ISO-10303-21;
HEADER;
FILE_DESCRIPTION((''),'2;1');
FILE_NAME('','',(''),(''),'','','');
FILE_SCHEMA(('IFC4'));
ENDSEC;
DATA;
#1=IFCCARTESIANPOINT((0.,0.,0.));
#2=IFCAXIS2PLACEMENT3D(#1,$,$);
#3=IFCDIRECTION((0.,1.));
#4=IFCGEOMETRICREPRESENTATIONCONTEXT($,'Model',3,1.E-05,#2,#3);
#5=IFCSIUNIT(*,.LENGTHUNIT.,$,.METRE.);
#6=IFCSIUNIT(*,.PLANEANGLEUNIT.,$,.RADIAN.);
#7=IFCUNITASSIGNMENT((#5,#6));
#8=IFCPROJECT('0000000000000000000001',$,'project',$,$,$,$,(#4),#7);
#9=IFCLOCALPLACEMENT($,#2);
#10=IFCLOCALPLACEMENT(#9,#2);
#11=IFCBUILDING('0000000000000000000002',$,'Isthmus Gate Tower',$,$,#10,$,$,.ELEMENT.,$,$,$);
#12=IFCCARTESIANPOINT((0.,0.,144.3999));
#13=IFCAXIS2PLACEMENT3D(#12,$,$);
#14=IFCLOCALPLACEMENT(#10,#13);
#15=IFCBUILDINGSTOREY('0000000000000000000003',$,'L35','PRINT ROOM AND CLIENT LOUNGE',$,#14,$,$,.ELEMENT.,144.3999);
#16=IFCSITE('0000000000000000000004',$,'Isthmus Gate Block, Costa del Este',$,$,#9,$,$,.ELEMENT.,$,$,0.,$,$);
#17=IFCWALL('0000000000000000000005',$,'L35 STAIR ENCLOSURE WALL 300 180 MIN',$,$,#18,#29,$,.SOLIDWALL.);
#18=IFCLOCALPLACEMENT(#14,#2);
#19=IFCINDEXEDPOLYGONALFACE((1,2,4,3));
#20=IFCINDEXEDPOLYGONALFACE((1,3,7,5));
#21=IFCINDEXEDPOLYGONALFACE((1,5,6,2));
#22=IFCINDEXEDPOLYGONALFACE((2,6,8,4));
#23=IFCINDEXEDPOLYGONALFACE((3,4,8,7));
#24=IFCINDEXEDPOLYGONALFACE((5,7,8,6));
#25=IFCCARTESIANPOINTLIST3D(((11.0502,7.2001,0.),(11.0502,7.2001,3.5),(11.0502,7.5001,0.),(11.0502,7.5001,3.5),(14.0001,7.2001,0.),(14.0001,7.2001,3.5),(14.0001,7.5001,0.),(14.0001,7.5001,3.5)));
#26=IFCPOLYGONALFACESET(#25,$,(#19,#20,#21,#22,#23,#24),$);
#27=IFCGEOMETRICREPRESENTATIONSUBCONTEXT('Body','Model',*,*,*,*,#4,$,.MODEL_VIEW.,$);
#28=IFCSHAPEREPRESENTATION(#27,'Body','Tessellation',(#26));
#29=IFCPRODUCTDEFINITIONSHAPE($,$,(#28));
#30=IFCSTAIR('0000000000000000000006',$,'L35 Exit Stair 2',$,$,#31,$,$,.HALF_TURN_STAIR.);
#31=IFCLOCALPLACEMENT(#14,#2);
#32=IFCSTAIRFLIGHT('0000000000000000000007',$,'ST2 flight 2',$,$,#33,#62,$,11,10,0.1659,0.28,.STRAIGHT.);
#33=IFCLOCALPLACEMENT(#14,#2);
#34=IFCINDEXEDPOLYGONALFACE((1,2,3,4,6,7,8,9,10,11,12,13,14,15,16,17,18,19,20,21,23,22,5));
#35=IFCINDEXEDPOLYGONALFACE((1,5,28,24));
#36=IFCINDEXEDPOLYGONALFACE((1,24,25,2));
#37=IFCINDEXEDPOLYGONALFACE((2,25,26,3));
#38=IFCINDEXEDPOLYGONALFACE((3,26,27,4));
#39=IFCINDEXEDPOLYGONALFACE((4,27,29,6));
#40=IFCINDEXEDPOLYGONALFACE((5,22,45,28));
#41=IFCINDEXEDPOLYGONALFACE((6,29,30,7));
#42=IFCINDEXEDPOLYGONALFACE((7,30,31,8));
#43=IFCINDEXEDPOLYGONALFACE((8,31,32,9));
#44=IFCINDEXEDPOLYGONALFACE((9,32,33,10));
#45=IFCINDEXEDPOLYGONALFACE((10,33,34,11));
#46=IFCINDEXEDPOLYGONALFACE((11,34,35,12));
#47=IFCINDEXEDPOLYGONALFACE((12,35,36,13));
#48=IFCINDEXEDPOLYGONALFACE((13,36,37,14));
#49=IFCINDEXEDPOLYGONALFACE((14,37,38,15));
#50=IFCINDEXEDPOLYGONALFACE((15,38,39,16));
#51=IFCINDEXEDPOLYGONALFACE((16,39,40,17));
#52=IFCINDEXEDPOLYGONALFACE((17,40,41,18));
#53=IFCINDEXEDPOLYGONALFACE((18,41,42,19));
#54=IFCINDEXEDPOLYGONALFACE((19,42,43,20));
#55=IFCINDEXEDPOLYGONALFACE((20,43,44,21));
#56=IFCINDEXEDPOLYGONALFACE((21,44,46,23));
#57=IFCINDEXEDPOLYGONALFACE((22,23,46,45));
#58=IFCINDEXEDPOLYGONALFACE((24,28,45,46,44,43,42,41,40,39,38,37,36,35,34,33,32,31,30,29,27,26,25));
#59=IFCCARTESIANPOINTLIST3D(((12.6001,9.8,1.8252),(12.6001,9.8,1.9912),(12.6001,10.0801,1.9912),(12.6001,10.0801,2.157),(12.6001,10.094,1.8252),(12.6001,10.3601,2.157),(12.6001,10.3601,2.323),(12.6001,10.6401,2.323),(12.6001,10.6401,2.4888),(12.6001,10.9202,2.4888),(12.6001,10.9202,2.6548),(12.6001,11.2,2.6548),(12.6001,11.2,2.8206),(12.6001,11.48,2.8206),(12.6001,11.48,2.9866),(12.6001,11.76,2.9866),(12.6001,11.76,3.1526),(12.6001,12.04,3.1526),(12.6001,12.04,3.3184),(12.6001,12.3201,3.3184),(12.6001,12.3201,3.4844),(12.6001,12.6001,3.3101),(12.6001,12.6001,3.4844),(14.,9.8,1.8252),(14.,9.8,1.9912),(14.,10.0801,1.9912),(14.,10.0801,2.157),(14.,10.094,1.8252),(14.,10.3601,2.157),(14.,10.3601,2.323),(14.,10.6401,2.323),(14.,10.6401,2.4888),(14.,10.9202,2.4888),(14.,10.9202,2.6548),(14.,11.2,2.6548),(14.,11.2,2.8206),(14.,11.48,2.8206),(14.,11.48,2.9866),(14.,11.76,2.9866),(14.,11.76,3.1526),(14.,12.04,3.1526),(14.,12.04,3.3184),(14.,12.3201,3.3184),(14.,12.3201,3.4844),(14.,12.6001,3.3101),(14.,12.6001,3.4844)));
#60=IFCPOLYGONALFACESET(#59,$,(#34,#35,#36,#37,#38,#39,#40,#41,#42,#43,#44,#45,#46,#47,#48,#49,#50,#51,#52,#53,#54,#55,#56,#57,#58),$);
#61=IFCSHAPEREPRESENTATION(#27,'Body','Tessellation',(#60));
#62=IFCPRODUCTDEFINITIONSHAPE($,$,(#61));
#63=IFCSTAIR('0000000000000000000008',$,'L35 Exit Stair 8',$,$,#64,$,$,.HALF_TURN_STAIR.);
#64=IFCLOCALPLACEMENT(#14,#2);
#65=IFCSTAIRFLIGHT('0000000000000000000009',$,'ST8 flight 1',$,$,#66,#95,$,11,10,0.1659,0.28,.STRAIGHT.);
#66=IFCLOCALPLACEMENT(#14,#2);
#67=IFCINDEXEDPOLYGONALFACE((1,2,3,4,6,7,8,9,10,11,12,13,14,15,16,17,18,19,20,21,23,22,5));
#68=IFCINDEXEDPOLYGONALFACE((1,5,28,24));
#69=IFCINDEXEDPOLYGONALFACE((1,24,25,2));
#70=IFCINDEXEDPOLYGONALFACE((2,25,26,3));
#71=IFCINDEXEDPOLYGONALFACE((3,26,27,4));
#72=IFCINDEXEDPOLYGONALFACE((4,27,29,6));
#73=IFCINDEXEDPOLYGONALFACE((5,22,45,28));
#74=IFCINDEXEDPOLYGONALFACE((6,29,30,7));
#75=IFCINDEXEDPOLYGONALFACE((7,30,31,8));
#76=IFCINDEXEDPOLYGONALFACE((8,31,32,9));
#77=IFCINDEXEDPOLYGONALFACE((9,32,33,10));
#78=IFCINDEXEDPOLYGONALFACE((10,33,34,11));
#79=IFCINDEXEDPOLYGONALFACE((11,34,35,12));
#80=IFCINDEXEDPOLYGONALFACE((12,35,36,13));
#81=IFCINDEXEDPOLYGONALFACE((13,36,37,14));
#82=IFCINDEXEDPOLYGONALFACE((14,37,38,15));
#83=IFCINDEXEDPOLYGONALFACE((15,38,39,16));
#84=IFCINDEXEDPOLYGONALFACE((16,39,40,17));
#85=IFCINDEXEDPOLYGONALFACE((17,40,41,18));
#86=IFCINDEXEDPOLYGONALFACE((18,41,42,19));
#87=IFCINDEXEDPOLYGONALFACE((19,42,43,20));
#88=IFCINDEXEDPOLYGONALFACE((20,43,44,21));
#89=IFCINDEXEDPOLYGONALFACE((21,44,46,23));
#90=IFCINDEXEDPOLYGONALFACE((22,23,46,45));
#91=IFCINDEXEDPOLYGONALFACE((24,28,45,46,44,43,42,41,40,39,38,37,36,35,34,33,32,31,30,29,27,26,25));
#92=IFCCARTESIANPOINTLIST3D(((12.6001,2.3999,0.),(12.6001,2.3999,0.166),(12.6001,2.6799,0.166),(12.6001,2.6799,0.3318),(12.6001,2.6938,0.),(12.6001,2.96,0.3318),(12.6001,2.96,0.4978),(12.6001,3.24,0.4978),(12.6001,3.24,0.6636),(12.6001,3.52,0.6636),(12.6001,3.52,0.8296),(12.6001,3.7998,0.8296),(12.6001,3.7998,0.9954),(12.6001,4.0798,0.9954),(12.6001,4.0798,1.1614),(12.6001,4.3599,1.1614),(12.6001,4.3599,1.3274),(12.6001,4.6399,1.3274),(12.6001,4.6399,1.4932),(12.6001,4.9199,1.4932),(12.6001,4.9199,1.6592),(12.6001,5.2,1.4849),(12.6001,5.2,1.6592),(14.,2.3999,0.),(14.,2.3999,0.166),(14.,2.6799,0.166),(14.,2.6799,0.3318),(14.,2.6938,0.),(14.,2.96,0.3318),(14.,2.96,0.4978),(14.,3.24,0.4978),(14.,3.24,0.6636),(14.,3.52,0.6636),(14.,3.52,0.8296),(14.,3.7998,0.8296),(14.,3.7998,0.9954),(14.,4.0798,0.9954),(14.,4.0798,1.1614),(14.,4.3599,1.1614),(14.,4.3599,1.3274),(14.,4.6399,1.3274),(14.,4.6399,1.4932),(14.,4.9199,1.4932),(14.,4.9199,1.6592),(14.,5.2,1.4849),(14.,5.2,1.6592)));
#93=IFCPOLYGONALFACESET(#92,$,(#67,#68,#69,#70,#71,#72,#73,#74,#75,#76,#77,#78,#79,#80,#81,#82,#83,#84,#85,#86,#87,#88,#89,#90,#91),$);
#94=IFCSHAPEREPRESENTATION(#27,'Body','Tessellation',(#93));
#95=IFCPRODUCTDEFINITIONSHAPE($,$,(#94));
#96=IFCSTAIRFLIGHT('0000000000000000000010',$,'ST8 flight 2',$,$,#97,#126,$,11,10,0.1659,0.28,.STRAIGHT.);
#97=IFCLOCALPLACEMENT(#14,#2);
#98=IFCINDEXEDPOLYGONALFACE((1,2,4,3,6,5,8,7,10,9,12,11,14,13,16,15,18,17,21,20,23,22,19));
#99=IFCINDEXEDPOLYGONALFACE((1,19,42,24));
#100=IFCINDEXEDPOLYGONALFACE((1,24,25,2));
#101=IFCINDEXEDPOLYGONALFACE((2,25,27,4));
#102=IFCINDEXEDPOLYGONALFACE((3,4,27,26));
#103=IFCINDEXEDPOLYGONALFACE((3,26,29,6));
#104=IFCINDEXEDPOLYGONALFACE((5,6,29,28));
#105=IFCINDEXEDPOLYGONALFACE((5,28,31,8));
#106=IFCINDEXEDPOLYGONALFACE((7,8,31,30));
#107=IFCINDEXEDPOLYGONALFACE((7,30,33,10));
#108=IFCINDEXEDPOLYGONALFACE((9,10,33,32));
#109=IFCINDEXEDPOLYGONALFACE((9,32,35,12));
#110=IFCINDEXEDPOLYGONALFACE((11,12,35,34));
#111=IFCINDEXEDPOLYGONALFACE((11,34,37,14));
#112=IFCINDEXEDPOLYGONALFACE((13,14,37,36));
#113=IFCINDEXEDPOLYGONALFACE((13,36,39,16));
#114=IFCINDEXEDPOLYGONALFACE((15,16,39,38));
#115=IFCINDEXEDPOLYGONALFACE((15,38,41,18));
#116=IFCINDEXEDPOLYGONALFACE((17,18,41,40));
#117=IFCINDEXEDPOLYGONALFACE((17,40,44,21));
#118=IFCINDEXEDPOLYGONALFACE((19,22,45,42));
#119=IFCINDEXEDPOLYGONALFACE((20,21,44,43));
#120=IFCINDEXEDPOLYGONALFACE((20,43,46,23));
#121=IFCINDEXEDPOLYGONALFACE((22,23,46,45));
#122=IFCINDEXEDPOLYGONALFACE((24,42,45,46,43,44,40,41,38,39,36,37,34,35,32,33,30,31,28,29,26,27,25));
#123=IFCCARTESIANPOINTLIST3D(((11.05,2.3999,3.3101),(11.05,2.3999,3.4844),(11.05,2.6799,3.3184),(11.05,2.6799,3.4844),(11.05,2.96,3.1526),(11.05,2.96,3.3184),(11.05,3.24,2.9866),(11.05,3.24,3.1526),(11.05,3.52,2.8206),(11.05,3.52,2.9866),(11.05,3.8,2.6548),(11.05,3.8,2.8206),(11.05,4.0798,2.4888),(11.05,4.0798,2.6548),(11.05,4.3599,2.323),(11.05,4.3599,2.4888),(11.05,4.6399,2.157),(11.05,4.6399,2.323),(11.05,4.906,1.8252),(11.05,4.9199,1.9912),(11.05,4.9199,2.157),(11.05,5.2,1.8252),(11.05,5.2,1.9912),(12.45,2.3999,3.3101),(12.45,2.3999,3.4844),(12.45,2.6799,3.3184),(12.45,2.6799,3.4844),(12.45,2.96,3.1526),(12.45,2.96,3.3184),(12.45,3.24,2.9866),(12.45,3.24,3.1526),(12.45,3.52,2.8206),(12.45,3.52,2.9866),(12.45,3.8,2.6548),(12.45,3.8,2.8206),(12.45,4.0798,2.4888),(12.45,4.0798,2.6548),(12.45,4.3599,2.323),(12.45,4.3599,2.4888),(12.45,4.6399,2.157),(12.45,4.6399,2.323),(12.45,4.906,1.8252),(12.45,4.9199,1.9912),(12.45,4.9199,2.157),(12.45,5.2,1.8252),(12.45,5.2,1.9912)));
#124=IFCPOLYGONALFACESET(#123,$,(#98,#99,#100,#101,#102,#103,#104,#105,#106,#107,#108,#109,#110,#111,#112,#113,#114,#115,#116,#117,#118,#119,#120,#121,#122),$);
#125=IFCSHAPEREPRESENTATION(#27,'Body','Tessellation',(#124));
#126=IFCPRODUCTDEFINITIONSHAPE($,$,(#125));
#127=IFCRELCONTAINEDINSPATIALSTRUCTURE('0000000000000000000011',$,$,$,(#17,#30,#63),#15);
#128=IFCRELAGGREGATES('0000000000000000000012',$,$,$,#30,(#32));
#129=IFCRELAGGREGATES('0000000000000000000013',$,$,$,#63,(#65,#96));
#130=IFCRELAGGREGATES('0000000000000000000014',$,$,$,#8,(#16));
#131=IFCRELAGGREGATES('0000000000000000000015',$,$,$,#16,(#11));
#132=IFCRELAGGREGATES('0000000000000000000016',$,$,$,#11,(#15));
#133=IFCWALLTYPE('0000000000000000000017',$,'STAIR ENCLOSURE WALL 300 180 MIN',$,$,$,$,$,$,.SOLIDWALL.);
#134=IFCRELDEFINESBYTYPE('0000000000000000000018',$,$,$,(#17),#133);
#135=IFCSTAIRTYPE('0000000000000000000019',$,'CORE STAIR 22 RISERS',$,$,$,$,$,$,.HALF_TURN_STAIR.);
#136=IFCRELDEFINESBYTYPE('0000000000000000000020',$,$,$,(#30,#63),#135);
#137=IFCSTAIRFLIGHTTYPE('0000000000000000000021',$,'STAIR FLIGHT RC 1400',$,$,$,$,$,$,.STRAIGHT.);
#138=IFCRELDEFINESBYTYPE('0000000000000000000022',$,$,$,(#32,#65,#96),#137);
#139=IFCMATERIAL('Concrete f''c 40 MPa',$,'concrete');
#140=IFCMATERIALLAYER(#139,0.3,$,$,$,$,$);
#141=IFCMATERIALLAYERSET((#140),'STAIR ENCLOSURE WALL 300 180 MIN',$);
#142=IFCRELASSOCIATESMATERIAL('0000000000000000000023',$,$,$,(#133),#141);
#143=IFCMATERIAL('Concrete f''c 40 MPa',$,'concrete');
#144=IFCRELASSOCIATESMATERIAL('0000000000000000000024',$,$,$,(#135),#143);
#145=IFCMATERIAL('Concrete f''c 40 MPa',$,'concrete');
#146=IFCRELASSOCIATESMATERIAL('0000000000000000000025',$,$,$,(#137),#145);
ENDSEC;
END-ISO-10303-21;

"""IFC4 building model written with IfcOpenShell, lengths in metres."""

from ifc_helpers import new_model, si_unit, direction, frame, frame_2d, origin, place, context, subcontext, project, spatial, polyline, rectangle, outline, extrude, material, layer, layer_set, type_object, element, aggregate, save


model = new_model("IFC4")

# Units and contexts
model_context = context("Model", 3, precision=1e-05, world=origin(), true_north=direction((0.0, 1.0)))
body_context = subcontext(model_context, "Body", "Model", "MODEL_VIEW")
ifc_project = project(units=[si_unit("LENGTHUNIT", "METRE"), si_unit("PLANEANGLEUNIT", "RADIAN")], contexts=[model_context])

# Site, building, storey
site_placement = place(None, origin())
site = spatial("IfcSite", under=ifc_project, at=site_placement, Name="Isthmus Gate Block, Costa del Este", CompositionType="ELEMENT", RefElevation=0.0)
building_placement = place(site_placement, origin())
building = spatial("IfcBuilding", under=site, at=building_placement, Name="Isthmus Gate Tower", CompositionType="ELEMENT")
storey_placement = place(building_placement, frame((0.0, 0.0, 144.3999)))
storey = spatial("IfcBuildingStorey", under=building, at=storey_placement, Name="L35", Description="PRINT ROOM AND CLIENT LOUNGE", CompositionType="ELEMENT", Elevation=144.3999)

# Wall
ifc_material_1 = material(Name="Concrete f'c 40 MPa", Category="concrete")
ifc_layer_1 = layer(ifc_material_1, 0.3)
ifc_layer_set_1 = layer_set([ifc_layer_1], Name="STAIR ENCLOSURE WALL 300 180 MIN")
wall_type_1 = type_object("IfcWallType", Name="STAIR ENCLOSURE WALL 300 180 MIN", PredefinedType="SOLIDWALL", material=ifc_layer_set_1)
wall_1_placement = place(storey_placement, frame((11.05, 7.3501, 0.0), z_axis=(0.0, 0.0, 1.0), x_axis=(1.0, 0.0, 0.0)))
element("IfcWall", 1, at=wall_1_placement, inside=storey, type_object=wall_type_1, Name="L35 STAIR ENCLOSURE WALL 300 180 MIN", PredefinedType="SOLIDWALL", context=body_context, shape_type="SweptSolid", body=[
    extrude(rectangle(XDim=2.95, YDim=0.3, at=frame_2d((1.4751, 0.0))), origin(), (0.0, 0.0, 1.0), 3.5),
])

# Stair, stair flight
ifc_material_2 = material(Name="Concrete f'c 40 MPa", Category="concrete")
stair_type = type_object("IfcStairType", Name="CORE STAIR 22 RISERS", PredefinedType="HALF_TURN_STAIR", material=ifc_material_2)
stair_1_placement = place(storey_placement, origin())
stair_1 = element("IfcStair", 2, at=stair_1_placement, inside=storey, type_object=stair_type, Name="L35 Exit Stair 2", PredefinedType="HALF_TURN_STAIR")
ifc_material_3 = material(Name="Concrete f'c 40 MPa", Category="concrete")
stair_flight_type = type_object("IfcStairFlightType", Name="STAIR FLIGHT RC 1400", PredefinedType="STRAIGHT", material=ifc_material_3)
stair_flight_1_placement = place(storey_placement, frame((13.3, 9.8, 1.8252), z_axis=(0.0, 0.0, 1.0), x_axis=(0.0, 1.0, 0.0)))
stair_flight_1 = element("IfcStairFlight", 3, at=stair_flight_1_placement, type_object=stair_flight_type, Name="ST2 flight 2", NumberOfRisers=11, NumberOfTreads=10, PredefinedType="STRAIGHT", RiserHeight=0.1659, TreadLength=0.28, context=body_context, shape_type="SweptSolid", body=[
    extrude(outline(polyline([(0.0, 0.0), (0.0, 0.166), (0.28, 0.166), (0.28, 0.3318), (0.5601, 0.3318), (0.5601, 0.4978), (0.8401, 0.4978), (0.8401, 0.6636), (1.1201, 0.6636), (1.1201, 0.8296), (1.3999, 0.8296), (1.3999, 0.9954), (1.6799, 0.9954), (1.6799, 1.1614), (1.96, 1.1614), (1.96, 1.3274), (2.24, 1.3274), (2.24, 1.4932), (2.52, 1.4932), (2.52, 1.6592), (2.8, 1.6592), (2.8, 1.825), (2.8, 1.4849), (0.2939, 0.0), (0.0, 0.0)])), frame((0.0, 0.7, 0.0), z_axis=(0.0, -1.0, 0.0), x_axis=(1.0, 0.0, 0.0)), (0.0, 0.0, 1.0), 1.3999),
])
aggregate(stair_1, [stair_flight_1])

# Stair, stair flights
stair_2_placement = place(storey_placement, origin())
stair_2 = element("IfcStair", 4, at=stair_2_placement, inside=storey, type_object=stair_type, Name="L35 Exit Stair 8", PredefinedType="HALF_TURN_STAIR")
stair_flight_2_placement = place(storey_placement, frame((13.3, 2.3999, 0.0), z_axis=(0.0, 0.0, 1.0), x_axis=(0.0, 1.0, 0.0)))
stair_flight_2 = element("IfcStairFlight", 5, at=stair_flight_2_placement, type_object=stair_flight_type, Name="ST8 flight 1", NumberOfRisers=11, NumberOfTreads=10, PredefinedType="STRAIGHT", RiserHeight=0.1659, TreadLength=0.28, context=body_context, shape_type="SweptSolid", body=[
    extrude(outline(polyline([(0.0, 0.0), (0.0, 0.166), (0.28, 0.166), (0.28, 0.3318), (0.5601, 0.3318), (0.5601, 0.4978), (0.8401, 0.4978), (0.8401, 0.6636), (1.1201, 0.6636), (1.1201, 0.8296), (1.3999, 0.8296), (1.3999, 0.9954), (1.6799, 0.9954), (1.6799, 1.1614), (1.96, 1.1614), (1.96, 1.3274), (2.24, 1.3274), (2.24, 1.4932), (2.52, 1.4932), (2.52, 1.6592), (2.8, 1.6592), (2.8, 1.825), (2.8, 1.4849), (0.2939, 0.0), (0.0, 0.0)])), frame((0.0, 0.7, 0.0), z_axis=(0.0, -1.0, 0.0), x_axis=(1.0, 0.0, 0.0)), (0.0, 0.0, 1.0), 1.3999),
])
stair_flight_3_placement = place(storey_placement, frame((11.75, 5.2, 1.8252), z_axis=(0.0, 0.0, 1.0), x_axis=(0.0, -1.0, 0.0)))
stair_flight_3 = element("IfcStairFlight", 6, at=stair_flight_3_placement, type_object=stair_flight_type, Name="ST8 flight 2", NumberOfRisers=11, NumberOfTreads=10, PredefinedType="STRAIGHT", RiserHeight=0.1659, TreadLength=0.28, context=body_context, shape_type="SweptSolid", body=[
    extrude(outline(polyline([(0.0, 0.0), (0.0, 0.166), (0.28, 0.166), (0.28, 0.3318), (0.5601, 0.3318), (0.5601, 0.4978), (0.8401, 0.4978), (0.8401, 0.6636), (1.1201, 0.6636), (1.1201, 0.8296), (1.3999, 0.8296), (1.3999, 0.9954), (1.6799, 0.9954), (1.6799, 1.1614), (1.96, 1.1614), (1.96, 1.3274), (2.24, 1.3274), (2.24, 1.4932), (2.52, 1.4932), (2.52, 1.6592), (2.8, 1.6592), (2.8, 1.825), (2.8, 1.4849), (0.2939, 0.0), (0.0, 0.0)])), frame((0.0, 0.7, 0.0), z_axis=(0.0, -1.0, 0.0), x_axis=(1.0, 0.0, 0.0)), (0.0, 0.0, 1.0), 1.3999),
])
aggregate(stair_2, [stair_flight_2, stair_flight_3])

save(model, "model.ifc")
